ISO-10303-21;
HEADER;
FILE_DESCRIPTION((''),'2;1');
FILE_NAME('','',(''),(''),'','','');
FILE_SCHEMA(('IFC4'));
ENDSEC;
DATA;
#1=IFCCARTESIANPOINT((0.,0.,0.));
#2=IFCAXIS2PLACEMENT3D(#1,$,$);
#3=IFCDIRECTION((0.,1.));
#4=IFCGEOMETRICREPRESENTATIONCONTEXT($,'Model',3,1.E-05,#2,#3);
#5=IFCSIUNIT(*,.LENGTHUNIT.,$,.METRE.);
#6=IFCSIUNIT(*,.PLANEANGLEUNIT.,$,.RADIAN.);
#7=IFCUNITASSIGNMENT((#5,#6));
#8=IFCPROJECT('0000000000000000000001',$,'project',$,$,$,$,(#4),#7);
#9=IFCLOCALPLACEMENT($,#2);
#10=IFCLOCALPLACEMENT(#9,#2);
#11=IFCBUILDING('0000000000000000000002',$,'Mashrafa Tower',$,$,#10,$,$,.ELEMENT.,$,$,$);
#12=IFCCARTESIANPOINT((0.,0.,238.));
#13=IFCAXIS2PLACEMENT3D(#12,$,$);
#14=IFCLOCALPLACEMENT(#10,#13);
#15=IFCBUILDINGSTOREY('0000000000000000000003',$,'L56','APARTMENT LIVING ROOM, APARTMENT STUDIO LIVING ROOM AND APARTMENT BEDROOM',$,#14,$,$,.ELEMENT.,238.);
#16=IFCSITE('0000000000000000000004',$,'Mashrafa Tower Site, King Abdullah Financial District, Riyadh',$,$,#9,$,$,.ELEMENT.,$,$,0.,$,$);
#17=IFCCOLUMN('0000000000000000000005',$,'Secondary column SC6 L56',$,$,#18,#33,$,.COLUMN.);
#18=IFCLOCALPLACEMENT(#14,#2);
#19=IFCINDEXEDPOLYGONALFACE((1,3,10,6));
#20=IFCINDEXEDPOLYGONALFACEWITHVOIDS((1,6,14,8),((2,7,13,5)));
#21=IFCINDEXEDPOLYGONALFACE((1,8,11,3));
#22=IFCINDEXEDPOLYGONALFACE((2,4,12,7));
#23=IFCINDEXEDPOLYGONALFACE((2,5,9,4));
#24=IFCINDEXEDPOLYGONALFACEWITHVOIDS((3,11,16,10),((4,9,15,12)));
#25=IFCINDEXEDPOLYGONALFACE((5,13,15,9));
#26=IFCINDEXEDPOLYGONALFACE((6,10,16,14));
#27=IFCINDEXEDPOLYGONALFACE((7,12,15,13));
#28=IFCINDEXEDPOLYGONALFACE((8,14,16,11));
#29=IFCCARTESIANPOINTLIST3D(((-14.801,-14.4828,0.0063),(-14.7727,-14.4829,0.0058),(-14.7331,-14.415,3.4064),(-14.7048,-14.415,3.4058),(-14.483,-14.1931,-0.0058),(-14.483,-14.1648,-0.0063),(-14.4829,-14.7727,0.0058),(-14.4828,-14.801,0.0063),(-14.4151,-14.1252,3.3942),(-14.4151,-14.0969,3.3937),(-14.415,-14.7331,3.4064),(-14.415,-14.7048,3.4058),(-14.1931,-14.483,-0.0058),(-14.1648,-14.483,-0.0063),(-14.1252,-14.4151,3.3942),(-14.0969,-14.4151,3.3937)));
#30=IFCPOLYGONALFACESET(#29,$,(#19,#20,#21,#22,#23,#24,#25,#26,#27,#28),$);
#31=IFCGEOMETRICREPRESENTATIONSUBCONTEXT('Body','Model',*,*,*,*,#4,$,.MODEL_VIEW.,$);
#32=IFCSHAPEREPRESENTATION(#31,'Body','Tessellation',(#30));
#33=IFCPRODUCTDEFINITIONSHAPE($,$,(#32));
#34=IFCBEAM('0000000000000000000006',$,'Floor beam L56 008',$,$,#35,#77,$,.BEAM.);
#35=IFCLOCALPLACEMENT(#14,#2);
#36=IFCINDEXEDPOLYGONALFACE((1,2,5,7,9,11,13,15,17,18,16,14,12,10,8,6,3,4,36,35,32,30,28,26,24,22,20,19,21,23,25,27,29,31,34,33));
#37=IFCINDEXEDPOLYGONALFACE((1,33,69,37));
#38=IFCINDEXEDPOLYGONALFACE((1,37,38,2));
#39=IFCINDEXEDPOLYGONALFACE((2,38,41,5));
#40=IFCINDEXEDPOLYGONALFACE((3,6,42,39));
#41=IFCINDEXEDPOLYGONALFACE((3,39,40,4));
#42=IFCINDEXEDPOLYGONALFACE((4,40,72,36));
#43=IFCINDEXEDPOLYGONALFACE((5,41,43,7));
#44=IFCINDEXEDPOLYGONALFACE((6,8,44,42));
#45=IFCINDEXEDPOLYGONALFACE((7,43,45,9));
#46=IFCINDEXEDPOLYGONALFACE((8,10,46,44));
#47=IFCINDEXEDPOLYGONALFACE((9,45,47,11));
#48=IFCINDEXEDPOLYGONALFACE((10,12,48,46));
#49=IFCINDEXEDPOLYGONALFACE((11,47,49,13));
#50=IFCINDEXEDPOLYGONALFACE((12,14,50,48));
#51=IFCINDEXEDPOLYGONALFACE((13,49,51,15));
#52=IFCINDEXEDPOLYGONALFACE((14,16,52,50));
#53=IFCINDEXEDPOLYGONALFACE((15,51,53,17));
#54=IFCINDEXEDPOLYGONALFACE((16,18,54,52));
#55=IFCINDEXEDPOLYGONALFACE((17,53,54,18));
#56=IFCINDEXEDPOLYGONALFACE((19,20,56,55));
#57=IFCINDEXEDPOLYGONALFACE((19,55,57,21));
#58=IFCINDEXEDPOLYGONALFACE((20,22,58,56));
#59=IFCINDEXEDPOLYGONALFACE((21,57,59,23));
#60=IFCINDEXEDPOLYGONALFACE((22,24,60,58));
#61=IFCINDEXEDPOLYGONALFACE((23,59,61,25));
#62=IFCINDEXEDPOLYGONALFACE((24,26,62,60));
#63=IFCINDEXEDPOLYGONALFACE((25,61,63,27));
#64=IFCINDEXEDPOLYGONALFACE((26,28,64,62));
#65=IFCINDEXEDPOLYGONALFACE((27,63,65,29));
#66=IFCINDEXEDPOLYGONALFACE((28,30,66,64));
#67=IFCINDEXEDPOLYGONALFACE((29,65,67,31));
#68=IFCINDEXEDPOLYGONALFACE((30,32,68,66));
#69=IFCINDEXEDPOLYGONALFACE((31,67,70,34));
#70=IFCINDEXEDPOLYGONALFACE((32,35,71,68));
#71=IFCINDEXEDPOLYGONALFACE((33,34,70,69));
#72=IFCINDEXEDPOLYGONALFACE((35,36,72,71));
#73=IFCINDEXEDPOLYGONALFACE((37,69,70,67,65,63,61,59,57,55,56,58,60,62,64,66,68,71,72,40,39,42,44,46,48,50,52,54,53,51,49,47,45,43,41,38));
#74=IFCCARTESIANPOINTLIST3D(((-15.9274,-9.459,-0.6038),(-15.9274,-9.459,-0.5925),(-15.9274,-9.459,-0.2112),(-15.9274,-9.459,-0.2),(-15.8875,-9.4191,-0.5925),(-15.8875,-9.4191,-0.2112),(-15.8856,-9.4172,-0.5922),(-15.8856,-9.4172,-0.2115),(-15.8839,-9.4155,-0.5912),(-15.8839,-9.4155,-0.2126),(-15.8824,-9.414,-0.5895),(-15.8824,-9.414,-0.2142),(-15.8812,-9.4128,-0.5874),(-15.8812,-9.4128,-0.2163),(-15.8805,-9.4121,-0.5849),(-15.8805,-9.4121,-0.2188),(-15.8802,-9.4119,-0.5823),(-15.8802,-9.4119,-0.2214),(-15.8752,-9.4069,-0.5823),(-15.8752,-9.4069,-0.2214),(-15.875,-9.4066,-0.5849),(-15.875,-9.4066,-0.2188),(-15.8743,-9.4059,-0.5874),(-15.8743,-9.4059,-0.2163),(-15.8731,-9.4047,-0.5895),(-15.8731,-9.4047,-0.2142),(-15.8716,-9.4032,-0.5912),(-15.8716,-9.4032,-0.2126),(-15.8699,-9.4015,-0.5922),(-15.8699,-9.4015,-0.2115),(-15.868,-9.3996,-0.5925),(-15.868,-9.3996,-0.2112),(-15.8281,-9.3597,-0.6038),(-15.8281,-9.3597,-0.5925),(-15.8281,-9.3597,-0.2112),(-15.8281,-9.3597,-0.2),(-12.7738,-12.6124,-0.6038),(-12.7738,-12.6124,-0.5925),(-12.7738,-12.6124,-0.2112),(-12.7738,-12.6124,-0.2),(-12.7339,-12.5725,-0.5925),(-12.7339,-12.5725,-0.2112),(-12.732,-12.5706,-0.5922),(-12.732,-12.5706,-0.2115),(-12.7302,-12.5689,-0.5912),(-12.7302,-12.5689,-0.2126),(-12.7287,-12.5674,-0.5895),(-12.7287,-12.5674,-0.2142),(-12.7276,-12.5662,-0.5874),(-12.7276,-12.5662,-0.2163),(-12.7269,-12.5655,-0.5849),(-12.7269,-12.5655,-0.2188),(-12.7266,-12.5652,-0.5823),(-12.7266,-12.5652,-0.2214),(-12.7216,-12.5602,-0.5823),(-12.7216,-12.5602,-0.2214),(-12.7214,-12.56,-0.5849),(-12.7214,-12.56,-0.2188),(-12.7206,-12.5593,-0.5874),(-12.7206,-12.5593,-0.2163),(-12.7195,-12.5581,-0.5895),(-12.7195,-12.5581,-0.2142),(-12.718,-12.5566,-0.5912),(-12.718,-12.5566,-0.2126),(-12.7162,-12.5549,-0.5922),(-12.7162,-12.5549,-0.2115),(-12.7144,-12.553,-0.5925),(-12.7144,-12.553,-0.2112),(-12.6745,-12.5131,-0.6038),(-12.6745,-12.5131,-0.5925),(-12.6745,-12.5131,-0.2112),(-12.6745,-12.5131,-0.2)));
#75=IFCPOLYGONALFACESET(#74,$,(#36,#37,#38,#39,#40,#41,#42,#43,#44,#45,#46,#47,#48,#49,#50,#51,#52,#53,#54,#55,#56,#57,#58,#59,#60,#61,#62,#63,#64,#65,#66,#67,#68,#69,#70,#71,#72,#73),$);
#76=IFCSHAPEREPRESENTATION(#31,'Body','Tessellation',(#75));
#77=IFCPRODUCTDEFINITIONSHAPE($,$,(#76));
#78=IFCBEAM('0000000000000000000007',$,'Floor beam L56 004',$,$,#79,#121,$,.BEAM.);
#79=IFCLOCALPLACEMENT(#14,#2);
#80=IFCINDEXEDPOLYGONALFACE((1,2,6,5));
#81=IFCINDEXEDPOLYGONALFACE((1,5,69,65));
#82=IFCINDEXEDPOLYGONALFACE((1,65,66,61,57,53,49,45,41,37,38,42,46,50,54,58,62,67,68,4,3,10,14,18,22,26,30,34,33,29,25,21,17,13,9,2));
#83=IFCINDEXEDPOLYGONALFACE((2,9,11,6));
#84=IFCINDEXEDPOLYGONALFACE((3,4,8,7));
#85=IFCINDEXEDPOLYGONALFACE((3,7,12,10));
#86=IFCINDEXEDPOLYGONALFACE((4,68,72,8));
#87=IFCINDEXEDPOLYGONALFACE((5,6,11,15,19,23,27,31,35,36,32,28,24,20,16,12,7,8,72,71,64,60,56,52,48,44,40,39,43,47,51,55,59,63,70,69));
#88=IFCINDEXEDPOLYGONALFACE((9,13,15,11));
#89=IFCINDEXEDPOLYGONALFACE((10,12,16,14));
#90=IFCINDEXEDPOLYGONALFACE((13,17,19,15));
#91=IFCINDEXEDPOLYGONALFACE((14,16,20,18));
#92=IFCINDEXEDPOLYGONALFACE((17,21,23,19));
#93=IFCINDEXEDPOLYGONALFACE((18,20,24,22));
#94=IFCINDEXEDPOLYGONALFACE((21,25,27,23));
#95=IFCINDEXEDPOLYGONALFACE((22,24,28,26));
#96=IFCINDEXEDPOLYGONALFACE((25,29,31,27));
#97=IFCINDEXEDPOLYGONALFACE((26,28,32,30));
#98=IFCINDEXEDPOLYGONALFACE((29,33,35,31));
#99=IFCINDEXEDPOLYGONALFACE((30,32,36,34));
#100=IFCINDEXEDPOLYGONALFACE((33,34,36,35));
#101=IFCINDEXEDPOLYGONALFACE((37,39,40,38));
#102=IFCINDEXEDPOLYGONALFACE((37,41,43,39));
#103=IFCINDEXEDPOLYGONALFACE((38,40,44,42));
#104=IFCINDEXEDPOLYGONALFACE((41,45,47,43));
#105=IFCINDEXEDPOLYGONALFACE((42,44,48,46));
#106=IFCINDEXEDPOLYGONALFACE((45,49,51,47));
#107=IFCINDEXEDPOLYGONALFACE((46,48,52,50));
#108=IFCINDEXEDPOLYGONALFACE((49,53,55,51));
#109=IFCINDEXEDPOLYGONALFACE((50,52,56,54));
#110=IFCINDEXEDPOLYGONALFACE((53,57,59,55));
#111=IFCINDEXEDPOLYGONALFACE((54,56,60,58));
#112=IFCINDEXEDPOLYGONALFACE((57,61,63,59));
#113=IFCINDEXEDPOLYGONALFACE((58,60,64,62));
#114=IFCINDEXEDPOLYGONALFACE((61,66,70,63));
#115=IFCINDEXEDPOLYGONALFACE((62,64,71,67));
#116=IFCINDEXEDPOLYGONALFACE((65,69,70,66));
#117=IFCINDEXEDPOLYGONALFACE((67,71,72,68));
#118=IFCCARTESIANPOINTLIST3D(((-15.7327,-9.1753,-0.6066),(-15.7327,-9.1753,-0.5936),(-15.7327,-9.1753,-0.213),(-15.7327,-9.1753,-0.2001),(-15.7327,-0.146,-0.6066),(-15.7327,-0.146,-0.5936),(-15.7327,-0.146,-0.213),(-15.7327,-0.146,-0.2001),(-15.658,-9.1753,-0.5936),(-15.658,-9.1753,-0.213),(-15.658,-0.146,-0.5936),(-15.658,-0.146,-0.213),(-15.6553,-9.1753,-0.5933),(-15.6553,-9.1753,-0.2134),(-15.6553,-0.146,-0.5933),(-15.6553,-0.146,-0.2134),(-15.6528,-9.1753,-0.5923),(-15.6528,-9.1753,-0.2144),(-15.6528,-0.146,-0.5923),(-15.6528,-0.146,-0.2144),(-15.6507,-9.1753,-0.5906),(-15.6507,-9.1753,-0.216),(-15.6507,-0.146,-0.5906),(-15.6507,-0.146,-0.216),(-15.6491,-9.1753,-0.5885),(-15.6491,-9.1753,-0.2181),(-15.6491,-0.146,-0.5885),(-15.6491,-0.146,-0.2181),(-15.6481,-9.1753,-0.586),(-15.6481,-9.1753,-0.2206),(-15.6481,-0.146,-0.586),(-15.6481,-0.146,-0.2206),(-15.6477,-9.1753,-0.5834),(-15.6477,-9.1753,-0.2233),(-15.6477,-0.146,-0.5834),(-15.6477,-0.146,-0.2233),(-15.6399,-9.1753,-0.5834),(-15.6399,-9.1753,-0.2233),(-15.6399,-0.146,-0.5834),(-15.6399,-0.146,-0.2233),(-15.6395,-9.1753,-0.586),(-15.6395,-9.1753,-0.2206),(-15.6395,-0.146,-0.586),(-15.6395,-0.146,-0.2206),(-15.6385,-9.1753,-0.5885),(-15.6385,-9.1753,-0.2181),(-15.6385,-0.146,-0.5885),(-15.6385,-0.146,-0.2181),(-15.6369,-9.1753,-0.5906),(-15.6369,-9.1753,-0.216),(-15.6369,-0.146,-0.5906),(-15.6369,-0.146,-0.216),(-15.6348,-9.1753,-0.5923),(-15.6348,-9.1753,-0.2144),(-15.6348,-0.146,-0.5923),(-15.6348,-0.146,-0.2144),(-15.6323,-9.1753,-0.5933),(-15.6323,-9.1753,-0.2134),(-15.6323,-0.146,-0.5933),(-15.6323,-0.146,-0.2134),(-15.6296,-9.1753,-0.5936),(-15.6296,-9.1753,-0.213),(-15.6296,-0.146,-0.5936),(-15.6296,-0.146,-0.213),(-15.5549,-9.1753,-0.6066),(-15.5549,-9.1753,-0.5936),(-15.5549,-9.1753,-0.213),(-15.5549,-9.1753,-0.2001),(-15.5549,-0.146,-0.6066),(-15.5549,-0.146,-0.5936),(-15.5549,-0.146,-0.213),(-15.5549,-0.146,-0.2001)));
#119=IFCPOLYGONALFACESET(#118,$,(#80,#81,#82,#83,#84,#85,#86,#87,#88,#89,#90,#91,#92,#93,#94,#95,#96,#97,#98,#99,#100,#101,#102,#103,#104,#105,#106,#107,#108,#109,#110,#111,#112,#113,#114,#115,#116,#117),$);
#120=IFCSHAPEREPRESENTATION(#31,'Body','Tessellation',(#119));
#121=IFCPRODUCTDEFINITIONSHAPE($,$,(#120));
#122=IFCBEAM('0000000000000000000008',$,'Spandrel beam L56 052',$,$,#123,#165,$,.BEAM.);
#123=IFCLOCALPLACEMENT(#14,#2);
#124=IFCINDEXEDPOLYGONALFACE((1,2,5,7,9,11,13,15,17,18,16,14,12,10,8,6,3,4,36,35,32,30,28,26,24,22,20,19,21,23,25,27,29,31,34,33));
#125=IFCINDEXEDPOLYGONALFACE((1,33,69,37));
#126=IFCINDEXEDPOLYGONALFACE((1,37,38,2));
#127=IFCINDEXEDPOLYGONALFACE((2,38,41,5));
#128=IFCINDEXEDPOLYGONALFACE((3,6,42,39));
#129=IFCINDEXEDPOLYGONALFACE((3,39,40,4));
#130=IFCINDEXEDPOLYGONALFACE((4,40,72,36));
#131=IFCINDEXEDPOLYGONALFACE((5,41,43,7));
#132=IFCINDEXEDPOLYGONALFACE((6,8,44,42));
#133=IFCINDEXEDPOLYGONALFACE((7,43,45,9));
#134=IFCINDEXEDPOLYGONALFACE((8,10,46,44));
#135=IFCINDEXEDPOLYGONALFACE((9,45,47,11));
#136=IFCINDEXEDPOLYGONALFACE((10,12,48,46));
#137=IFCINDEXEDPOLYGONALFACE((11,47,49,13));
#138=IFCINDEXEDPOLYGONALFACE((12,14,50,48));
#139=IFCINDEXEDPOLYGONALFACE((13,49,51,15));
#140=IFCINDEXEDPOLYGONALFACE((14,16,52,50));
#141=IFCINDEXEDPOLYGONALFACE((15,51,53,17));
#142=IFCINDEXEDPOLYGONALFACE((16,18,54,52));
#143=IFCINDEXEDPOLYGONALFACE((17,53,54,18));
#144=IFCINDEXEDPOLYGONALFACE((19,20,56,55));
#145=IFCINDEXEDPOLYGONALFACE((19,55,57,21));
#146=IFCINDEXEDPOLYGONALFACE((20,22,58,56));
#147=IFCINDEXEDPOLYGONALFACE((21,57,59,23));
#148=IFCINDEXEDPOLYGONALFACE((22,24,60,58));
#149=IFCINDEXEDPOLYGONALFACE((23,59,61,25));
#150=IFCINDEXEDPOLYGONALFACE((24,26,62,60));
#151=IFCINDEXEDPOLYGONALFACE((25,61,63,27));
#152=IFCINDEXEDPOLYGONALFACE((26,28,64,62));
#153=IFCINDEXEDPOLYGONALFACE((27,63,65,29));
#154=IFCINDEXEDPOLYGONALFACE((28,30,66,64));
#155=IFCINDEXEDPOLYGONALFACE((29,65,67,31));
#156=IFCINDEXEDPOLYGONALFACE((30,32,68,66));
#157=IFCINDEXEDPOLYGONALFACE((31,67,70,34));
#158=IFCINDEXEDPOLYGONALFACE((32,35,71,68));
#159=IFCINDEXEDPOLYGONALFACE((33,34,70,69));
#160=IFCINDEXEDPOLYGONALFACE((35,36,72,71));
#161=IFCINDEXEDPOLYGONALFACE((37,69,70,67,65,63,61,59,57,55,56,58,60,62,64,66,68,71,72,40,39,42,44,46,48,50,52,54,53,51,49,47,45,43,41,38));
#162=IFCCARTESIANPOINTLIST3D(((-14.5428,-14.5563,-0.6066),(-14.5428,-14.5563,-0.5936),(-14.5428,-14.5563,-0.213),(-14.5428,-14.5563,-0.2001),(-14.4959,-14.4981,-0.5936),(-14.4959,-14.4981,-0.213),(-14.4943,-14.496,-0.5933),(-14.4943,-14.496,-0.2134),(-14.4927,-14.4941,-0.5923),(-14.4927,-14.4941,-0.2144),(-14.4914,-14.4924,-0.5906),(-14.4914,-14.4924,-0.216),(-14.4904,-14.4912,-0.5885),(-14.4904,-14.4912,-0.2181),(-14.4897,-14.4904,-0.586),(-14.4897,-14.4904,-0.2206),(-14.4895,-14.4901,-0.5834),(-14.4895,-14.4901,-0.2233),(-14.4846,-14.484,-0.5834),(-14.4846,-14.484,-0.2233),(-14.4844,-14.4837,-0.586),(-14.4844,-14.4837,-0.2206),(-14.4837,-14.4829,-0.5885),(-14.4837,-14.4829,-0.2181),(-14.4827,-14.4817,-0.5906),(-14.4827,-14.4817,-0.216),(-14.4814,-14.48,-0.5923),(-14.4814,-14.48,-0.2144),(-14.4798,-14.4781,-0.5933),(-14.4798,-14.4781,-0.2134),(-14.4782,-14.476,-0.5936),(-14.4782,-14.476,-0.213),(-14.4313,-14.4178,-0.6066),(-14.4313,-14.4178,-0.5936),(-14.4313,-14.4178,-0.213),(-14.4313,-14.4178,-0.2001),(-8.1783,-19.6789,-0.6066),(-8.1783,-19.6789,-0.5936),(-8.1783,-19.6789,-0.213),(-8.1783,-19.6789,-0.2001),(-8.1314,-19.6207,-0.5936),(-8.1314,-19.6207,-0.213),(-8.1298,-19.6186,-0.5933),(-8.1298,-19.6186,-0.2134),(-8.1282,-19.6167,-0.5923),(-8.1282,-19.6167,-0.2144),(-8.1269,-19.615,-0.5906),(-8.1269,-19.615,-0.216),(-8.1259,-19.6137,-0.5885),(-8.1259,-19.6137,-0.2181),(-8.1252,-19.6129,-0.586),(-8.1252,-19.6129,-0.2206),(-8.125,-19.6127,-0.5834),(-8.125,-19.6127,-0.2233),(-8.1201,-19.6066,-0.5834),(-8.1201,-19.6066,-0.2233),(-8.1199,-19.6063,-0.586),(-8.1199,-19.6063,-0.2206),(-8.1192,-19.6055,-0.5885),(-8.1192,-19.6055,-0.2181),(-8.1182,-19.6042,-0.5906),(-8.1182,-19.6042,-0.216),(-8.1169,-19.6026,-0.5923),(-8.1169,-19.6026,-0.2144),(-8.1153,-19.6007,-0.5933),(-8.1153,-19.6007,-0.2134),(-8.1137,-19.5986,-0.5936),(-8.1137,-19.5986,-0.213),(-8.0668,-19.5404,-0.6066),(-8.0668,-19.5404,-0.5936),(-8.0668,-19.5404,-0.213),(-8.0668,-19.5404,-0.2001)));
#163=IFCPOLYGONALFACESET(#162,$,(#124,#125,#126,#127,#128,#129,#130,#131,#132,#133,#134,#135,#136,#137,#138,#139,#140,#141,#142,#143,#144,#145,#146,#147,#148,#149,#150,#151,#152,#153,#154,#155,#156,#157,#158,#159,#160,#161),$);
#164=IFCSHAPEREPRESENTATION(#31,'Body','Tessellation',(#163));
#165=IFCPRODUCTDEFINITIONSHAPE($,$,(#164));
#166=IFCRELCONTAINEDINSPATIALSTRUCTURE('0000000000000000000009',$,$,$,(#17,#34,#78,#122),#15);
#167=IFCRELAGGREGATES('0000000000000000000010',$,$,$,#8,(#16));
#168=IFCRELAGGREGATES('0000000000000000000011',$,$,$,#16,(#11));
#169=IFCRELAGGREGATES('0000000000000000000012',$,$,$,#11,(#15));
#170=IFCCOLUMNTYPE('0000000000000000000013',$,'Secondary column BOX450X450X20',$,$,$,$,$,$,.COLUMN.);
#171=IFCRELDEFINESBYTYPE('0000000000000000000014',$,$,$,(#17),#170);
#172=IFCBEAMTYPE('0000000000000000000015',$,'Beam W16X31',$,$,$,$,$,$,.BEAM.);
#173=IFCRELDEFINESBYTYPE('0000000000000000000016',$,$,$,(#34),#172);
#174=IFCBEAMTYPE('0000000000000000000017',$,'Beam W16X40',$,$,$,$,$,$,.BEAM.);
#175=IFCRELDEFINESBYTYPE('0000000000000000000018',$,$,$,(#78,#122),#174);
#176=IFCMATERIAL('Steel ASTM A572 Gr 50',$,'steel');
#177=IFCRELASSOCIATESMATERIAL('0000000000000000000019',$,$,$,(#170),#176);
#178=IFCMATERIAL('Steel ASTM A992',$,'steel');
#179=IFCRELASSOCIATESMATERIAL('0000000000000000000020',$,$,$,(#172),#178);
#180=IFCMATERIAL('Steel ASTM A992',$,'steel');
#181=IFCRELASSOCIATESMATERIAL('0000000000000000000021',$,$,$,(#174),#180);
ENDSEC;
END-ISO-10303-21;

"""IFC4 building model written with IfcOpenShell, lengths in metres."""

from ifc_helpers import new_model, si_unit, direction, frame, origin, origin_2d, place, context, subcontext, project, spatial, hollow_rectangle, i_section, extrude, material, material_profile, profile_set, type_object, element, save


model = new_model("IFC4")

# Units and contexts
model_context = context("Model", 3, precision=1e-05, world=origin(), true_north=direction((0.0, 1.0)))
body_context = subcontext(model_context, "Body", "Model", "MODEL_VIEW")
ifc_project = project(units=[si_unit("LENGTHUNIT", "METRE"), si_unit("PLANEANGLEUNIT", "RADIAN")], contexts=[model_context])

# Site, building, storey
site_placement = place(None, origin())
site = spatial("IfcSite", under=ifc_project, at=site_placement, Name="Mashrafa Tower Site, King Abdullah Financial District, Riyadh", CompositionType="ELEMENT", RefElevation=0.0)
building_placement = place(site_placement, origin())
building = spatial("IfcBuilding", under=site, at=building_placement, Name="Mashrafa Tower", CompositionType="ELEMENT")
storey_placement = place(building_placement, frame((0.0, 0.0, 238.0)))
storey = spatial("IfcBuildingStorey", under=building, at=storey_placement, Name="L56", Description="APARTMENT LIVING ROOM, APARTMENT STUDIO LIVING ROOM AND APARTMENT BEDROOM", CompositionType="ELEMENT", Elevation=238.0)

# Column
ifc_material_1 = material(Name="Steel ASTM A572 Gr 50", Category="steel")
ifc_material_profile_1 = material_profile(ifc_material_1, hollow_rectangle(XDim=0.45, YDim=0.45, WallThickness=0.02, at=origin_2d()), Name="BOX450X450X20")
ifc_profile_set_1 = profile_set([ifc_material_profile_1], Name="Steel ASTM A572 Gr 50")
column_type = type_object("IfcColumnType", Name="Secondary column BOX450X450X20", PredefinedType="COLUMN", material=ifc_profile_set_1)
column_placement = place(storey_placement, frame((-14.4829, -14.4829, 0.0), z_axis=(0.019955, 0.019955, 0.999602), x_axis=(-0.707107, 0.707107, 0.0)))
element("IfcColumn", 1, at=column_placement, inside=storey, type_object=column_type, Name="Secondary column SC6 L56", PredefinedType="COLUMN", context=body_context, shape_type="SweptSolid", body=[
    extrude(hollow_rectangle(XDim=0.45, YDim=0.45, WallThickness=0.02, at=origin_2d()), origin(), (0.0, 0.0, 1.0), 3.4014),
])

# Beams
ifc_material_2 = material(Name="Steel ASTM A992", Category="steel")
ifc_material_profile_2 = material_profile(ifc_material_2, i_section(OverallWidth=0.1404, OverallDepth=0.4038, WebThickness=0.0071, FlangeThickness=0.0112, FilletRadius=0.0103, at=origin_2d()), Name="W16X31")
ifc_profile_set_2 = profile_set([ifc_material_profile_2], Name="Steel ASTM A992")
beam_type_1 = type_object("IfcBeamType", Name="Beam W16X31", PredefinedType="BEAM", material=ifc_profile_set_2)
beam_1_placement = place(storey_placement, frame((-12.7241, -12.5627, -0.4019), z_axis=(-0.707134, 0.707079, 0.0), x_axis=(-0.707079, -0.707134, 0.0)))
element("IfcBeam", 2, at=beam_1_placement, inside=storey, type_object=beam_type_1, Name="Floor beam L56 008", PredefinedType="BEAM", context=body_context, shape_type="SweptSolid", body=[
    extrude(i_section(OverallWidth=0.1404, OverallDepth=0.4038, WebThickness=0.0071, FlangeThickness=0.0112, FilletRadius=0.0103, at=origin_2d()), origin(), (0.0, 0.0, 1.0), 4.4597),
])
ifc_material_3 = material(Name="Steel ASTM A992", Category="steel")
ifc_material_profile_3 = material_profile(ifc_material_3, i_section(OverallWidth=0.1777, OverallDepth=0.4065, WebThickness=0.0078, FlangeThickness=0.0129, FilletRadius=0.0103, at=origin_2d()), Name="W16X40")
ifc_profile_set_3 = profile_set([ifc_material_profile_3], Name="Steel ASTM A992")
beam_type_2 = type_object("IfcBeamType", Name="Beam W16X40", PredefinedType="BEAM", material=ifc_profile_set_3)
beam_2_placement = place(storey_placement, frame((-15.6438, -9.1753, -0.4033), z_axis=(0.0, 1.0, 0.0), x_axis=(-1.0, 0.0, 0.0)))
element("IfcBeam", 3, at=beam_2_placement, inside=storey, type_object=beam_type_2, Name="Floor beam L56 004", PredefinedType="BEAM", context=body_context, shape_type="SweptSolid", body=[
    extrude(i_section(OverallWidth=0.1777, OverallDepth=0.4065, WebThickness=0.0078, FlangeThickness=0.0129, FilletRadius=0.0103, at=origin_2d()), origin(), (0.0, 0.0, 1.0), 9.0293),
])
beam_3_placement = place(storey_placement, frame((-14.4871, -14.4871, -0.4033), z_axis=(0.779017, -0.627003, 0.0), x_axis=(0.627003, 0.779017, 0.0)))
element("IfcBeam", 4, at=beam_3_placement, inside=storey, type_object=beam_type_2, Name="Spandrel beam L56 052", PredefinedType="BEAM", context=body_context, shape_type="SweptSolid", body=[
    extrude(i_section(OverallWidth=0.1777, OverallDepth=0.4065, WebThickness=0.0078, FlangeThickness=0.0129, FilletRadius=0.0103, at=origin_2d()), origin(), (0.0, 0.0, 1.0), 8.1699),
])

save(model, "model.ifc")
